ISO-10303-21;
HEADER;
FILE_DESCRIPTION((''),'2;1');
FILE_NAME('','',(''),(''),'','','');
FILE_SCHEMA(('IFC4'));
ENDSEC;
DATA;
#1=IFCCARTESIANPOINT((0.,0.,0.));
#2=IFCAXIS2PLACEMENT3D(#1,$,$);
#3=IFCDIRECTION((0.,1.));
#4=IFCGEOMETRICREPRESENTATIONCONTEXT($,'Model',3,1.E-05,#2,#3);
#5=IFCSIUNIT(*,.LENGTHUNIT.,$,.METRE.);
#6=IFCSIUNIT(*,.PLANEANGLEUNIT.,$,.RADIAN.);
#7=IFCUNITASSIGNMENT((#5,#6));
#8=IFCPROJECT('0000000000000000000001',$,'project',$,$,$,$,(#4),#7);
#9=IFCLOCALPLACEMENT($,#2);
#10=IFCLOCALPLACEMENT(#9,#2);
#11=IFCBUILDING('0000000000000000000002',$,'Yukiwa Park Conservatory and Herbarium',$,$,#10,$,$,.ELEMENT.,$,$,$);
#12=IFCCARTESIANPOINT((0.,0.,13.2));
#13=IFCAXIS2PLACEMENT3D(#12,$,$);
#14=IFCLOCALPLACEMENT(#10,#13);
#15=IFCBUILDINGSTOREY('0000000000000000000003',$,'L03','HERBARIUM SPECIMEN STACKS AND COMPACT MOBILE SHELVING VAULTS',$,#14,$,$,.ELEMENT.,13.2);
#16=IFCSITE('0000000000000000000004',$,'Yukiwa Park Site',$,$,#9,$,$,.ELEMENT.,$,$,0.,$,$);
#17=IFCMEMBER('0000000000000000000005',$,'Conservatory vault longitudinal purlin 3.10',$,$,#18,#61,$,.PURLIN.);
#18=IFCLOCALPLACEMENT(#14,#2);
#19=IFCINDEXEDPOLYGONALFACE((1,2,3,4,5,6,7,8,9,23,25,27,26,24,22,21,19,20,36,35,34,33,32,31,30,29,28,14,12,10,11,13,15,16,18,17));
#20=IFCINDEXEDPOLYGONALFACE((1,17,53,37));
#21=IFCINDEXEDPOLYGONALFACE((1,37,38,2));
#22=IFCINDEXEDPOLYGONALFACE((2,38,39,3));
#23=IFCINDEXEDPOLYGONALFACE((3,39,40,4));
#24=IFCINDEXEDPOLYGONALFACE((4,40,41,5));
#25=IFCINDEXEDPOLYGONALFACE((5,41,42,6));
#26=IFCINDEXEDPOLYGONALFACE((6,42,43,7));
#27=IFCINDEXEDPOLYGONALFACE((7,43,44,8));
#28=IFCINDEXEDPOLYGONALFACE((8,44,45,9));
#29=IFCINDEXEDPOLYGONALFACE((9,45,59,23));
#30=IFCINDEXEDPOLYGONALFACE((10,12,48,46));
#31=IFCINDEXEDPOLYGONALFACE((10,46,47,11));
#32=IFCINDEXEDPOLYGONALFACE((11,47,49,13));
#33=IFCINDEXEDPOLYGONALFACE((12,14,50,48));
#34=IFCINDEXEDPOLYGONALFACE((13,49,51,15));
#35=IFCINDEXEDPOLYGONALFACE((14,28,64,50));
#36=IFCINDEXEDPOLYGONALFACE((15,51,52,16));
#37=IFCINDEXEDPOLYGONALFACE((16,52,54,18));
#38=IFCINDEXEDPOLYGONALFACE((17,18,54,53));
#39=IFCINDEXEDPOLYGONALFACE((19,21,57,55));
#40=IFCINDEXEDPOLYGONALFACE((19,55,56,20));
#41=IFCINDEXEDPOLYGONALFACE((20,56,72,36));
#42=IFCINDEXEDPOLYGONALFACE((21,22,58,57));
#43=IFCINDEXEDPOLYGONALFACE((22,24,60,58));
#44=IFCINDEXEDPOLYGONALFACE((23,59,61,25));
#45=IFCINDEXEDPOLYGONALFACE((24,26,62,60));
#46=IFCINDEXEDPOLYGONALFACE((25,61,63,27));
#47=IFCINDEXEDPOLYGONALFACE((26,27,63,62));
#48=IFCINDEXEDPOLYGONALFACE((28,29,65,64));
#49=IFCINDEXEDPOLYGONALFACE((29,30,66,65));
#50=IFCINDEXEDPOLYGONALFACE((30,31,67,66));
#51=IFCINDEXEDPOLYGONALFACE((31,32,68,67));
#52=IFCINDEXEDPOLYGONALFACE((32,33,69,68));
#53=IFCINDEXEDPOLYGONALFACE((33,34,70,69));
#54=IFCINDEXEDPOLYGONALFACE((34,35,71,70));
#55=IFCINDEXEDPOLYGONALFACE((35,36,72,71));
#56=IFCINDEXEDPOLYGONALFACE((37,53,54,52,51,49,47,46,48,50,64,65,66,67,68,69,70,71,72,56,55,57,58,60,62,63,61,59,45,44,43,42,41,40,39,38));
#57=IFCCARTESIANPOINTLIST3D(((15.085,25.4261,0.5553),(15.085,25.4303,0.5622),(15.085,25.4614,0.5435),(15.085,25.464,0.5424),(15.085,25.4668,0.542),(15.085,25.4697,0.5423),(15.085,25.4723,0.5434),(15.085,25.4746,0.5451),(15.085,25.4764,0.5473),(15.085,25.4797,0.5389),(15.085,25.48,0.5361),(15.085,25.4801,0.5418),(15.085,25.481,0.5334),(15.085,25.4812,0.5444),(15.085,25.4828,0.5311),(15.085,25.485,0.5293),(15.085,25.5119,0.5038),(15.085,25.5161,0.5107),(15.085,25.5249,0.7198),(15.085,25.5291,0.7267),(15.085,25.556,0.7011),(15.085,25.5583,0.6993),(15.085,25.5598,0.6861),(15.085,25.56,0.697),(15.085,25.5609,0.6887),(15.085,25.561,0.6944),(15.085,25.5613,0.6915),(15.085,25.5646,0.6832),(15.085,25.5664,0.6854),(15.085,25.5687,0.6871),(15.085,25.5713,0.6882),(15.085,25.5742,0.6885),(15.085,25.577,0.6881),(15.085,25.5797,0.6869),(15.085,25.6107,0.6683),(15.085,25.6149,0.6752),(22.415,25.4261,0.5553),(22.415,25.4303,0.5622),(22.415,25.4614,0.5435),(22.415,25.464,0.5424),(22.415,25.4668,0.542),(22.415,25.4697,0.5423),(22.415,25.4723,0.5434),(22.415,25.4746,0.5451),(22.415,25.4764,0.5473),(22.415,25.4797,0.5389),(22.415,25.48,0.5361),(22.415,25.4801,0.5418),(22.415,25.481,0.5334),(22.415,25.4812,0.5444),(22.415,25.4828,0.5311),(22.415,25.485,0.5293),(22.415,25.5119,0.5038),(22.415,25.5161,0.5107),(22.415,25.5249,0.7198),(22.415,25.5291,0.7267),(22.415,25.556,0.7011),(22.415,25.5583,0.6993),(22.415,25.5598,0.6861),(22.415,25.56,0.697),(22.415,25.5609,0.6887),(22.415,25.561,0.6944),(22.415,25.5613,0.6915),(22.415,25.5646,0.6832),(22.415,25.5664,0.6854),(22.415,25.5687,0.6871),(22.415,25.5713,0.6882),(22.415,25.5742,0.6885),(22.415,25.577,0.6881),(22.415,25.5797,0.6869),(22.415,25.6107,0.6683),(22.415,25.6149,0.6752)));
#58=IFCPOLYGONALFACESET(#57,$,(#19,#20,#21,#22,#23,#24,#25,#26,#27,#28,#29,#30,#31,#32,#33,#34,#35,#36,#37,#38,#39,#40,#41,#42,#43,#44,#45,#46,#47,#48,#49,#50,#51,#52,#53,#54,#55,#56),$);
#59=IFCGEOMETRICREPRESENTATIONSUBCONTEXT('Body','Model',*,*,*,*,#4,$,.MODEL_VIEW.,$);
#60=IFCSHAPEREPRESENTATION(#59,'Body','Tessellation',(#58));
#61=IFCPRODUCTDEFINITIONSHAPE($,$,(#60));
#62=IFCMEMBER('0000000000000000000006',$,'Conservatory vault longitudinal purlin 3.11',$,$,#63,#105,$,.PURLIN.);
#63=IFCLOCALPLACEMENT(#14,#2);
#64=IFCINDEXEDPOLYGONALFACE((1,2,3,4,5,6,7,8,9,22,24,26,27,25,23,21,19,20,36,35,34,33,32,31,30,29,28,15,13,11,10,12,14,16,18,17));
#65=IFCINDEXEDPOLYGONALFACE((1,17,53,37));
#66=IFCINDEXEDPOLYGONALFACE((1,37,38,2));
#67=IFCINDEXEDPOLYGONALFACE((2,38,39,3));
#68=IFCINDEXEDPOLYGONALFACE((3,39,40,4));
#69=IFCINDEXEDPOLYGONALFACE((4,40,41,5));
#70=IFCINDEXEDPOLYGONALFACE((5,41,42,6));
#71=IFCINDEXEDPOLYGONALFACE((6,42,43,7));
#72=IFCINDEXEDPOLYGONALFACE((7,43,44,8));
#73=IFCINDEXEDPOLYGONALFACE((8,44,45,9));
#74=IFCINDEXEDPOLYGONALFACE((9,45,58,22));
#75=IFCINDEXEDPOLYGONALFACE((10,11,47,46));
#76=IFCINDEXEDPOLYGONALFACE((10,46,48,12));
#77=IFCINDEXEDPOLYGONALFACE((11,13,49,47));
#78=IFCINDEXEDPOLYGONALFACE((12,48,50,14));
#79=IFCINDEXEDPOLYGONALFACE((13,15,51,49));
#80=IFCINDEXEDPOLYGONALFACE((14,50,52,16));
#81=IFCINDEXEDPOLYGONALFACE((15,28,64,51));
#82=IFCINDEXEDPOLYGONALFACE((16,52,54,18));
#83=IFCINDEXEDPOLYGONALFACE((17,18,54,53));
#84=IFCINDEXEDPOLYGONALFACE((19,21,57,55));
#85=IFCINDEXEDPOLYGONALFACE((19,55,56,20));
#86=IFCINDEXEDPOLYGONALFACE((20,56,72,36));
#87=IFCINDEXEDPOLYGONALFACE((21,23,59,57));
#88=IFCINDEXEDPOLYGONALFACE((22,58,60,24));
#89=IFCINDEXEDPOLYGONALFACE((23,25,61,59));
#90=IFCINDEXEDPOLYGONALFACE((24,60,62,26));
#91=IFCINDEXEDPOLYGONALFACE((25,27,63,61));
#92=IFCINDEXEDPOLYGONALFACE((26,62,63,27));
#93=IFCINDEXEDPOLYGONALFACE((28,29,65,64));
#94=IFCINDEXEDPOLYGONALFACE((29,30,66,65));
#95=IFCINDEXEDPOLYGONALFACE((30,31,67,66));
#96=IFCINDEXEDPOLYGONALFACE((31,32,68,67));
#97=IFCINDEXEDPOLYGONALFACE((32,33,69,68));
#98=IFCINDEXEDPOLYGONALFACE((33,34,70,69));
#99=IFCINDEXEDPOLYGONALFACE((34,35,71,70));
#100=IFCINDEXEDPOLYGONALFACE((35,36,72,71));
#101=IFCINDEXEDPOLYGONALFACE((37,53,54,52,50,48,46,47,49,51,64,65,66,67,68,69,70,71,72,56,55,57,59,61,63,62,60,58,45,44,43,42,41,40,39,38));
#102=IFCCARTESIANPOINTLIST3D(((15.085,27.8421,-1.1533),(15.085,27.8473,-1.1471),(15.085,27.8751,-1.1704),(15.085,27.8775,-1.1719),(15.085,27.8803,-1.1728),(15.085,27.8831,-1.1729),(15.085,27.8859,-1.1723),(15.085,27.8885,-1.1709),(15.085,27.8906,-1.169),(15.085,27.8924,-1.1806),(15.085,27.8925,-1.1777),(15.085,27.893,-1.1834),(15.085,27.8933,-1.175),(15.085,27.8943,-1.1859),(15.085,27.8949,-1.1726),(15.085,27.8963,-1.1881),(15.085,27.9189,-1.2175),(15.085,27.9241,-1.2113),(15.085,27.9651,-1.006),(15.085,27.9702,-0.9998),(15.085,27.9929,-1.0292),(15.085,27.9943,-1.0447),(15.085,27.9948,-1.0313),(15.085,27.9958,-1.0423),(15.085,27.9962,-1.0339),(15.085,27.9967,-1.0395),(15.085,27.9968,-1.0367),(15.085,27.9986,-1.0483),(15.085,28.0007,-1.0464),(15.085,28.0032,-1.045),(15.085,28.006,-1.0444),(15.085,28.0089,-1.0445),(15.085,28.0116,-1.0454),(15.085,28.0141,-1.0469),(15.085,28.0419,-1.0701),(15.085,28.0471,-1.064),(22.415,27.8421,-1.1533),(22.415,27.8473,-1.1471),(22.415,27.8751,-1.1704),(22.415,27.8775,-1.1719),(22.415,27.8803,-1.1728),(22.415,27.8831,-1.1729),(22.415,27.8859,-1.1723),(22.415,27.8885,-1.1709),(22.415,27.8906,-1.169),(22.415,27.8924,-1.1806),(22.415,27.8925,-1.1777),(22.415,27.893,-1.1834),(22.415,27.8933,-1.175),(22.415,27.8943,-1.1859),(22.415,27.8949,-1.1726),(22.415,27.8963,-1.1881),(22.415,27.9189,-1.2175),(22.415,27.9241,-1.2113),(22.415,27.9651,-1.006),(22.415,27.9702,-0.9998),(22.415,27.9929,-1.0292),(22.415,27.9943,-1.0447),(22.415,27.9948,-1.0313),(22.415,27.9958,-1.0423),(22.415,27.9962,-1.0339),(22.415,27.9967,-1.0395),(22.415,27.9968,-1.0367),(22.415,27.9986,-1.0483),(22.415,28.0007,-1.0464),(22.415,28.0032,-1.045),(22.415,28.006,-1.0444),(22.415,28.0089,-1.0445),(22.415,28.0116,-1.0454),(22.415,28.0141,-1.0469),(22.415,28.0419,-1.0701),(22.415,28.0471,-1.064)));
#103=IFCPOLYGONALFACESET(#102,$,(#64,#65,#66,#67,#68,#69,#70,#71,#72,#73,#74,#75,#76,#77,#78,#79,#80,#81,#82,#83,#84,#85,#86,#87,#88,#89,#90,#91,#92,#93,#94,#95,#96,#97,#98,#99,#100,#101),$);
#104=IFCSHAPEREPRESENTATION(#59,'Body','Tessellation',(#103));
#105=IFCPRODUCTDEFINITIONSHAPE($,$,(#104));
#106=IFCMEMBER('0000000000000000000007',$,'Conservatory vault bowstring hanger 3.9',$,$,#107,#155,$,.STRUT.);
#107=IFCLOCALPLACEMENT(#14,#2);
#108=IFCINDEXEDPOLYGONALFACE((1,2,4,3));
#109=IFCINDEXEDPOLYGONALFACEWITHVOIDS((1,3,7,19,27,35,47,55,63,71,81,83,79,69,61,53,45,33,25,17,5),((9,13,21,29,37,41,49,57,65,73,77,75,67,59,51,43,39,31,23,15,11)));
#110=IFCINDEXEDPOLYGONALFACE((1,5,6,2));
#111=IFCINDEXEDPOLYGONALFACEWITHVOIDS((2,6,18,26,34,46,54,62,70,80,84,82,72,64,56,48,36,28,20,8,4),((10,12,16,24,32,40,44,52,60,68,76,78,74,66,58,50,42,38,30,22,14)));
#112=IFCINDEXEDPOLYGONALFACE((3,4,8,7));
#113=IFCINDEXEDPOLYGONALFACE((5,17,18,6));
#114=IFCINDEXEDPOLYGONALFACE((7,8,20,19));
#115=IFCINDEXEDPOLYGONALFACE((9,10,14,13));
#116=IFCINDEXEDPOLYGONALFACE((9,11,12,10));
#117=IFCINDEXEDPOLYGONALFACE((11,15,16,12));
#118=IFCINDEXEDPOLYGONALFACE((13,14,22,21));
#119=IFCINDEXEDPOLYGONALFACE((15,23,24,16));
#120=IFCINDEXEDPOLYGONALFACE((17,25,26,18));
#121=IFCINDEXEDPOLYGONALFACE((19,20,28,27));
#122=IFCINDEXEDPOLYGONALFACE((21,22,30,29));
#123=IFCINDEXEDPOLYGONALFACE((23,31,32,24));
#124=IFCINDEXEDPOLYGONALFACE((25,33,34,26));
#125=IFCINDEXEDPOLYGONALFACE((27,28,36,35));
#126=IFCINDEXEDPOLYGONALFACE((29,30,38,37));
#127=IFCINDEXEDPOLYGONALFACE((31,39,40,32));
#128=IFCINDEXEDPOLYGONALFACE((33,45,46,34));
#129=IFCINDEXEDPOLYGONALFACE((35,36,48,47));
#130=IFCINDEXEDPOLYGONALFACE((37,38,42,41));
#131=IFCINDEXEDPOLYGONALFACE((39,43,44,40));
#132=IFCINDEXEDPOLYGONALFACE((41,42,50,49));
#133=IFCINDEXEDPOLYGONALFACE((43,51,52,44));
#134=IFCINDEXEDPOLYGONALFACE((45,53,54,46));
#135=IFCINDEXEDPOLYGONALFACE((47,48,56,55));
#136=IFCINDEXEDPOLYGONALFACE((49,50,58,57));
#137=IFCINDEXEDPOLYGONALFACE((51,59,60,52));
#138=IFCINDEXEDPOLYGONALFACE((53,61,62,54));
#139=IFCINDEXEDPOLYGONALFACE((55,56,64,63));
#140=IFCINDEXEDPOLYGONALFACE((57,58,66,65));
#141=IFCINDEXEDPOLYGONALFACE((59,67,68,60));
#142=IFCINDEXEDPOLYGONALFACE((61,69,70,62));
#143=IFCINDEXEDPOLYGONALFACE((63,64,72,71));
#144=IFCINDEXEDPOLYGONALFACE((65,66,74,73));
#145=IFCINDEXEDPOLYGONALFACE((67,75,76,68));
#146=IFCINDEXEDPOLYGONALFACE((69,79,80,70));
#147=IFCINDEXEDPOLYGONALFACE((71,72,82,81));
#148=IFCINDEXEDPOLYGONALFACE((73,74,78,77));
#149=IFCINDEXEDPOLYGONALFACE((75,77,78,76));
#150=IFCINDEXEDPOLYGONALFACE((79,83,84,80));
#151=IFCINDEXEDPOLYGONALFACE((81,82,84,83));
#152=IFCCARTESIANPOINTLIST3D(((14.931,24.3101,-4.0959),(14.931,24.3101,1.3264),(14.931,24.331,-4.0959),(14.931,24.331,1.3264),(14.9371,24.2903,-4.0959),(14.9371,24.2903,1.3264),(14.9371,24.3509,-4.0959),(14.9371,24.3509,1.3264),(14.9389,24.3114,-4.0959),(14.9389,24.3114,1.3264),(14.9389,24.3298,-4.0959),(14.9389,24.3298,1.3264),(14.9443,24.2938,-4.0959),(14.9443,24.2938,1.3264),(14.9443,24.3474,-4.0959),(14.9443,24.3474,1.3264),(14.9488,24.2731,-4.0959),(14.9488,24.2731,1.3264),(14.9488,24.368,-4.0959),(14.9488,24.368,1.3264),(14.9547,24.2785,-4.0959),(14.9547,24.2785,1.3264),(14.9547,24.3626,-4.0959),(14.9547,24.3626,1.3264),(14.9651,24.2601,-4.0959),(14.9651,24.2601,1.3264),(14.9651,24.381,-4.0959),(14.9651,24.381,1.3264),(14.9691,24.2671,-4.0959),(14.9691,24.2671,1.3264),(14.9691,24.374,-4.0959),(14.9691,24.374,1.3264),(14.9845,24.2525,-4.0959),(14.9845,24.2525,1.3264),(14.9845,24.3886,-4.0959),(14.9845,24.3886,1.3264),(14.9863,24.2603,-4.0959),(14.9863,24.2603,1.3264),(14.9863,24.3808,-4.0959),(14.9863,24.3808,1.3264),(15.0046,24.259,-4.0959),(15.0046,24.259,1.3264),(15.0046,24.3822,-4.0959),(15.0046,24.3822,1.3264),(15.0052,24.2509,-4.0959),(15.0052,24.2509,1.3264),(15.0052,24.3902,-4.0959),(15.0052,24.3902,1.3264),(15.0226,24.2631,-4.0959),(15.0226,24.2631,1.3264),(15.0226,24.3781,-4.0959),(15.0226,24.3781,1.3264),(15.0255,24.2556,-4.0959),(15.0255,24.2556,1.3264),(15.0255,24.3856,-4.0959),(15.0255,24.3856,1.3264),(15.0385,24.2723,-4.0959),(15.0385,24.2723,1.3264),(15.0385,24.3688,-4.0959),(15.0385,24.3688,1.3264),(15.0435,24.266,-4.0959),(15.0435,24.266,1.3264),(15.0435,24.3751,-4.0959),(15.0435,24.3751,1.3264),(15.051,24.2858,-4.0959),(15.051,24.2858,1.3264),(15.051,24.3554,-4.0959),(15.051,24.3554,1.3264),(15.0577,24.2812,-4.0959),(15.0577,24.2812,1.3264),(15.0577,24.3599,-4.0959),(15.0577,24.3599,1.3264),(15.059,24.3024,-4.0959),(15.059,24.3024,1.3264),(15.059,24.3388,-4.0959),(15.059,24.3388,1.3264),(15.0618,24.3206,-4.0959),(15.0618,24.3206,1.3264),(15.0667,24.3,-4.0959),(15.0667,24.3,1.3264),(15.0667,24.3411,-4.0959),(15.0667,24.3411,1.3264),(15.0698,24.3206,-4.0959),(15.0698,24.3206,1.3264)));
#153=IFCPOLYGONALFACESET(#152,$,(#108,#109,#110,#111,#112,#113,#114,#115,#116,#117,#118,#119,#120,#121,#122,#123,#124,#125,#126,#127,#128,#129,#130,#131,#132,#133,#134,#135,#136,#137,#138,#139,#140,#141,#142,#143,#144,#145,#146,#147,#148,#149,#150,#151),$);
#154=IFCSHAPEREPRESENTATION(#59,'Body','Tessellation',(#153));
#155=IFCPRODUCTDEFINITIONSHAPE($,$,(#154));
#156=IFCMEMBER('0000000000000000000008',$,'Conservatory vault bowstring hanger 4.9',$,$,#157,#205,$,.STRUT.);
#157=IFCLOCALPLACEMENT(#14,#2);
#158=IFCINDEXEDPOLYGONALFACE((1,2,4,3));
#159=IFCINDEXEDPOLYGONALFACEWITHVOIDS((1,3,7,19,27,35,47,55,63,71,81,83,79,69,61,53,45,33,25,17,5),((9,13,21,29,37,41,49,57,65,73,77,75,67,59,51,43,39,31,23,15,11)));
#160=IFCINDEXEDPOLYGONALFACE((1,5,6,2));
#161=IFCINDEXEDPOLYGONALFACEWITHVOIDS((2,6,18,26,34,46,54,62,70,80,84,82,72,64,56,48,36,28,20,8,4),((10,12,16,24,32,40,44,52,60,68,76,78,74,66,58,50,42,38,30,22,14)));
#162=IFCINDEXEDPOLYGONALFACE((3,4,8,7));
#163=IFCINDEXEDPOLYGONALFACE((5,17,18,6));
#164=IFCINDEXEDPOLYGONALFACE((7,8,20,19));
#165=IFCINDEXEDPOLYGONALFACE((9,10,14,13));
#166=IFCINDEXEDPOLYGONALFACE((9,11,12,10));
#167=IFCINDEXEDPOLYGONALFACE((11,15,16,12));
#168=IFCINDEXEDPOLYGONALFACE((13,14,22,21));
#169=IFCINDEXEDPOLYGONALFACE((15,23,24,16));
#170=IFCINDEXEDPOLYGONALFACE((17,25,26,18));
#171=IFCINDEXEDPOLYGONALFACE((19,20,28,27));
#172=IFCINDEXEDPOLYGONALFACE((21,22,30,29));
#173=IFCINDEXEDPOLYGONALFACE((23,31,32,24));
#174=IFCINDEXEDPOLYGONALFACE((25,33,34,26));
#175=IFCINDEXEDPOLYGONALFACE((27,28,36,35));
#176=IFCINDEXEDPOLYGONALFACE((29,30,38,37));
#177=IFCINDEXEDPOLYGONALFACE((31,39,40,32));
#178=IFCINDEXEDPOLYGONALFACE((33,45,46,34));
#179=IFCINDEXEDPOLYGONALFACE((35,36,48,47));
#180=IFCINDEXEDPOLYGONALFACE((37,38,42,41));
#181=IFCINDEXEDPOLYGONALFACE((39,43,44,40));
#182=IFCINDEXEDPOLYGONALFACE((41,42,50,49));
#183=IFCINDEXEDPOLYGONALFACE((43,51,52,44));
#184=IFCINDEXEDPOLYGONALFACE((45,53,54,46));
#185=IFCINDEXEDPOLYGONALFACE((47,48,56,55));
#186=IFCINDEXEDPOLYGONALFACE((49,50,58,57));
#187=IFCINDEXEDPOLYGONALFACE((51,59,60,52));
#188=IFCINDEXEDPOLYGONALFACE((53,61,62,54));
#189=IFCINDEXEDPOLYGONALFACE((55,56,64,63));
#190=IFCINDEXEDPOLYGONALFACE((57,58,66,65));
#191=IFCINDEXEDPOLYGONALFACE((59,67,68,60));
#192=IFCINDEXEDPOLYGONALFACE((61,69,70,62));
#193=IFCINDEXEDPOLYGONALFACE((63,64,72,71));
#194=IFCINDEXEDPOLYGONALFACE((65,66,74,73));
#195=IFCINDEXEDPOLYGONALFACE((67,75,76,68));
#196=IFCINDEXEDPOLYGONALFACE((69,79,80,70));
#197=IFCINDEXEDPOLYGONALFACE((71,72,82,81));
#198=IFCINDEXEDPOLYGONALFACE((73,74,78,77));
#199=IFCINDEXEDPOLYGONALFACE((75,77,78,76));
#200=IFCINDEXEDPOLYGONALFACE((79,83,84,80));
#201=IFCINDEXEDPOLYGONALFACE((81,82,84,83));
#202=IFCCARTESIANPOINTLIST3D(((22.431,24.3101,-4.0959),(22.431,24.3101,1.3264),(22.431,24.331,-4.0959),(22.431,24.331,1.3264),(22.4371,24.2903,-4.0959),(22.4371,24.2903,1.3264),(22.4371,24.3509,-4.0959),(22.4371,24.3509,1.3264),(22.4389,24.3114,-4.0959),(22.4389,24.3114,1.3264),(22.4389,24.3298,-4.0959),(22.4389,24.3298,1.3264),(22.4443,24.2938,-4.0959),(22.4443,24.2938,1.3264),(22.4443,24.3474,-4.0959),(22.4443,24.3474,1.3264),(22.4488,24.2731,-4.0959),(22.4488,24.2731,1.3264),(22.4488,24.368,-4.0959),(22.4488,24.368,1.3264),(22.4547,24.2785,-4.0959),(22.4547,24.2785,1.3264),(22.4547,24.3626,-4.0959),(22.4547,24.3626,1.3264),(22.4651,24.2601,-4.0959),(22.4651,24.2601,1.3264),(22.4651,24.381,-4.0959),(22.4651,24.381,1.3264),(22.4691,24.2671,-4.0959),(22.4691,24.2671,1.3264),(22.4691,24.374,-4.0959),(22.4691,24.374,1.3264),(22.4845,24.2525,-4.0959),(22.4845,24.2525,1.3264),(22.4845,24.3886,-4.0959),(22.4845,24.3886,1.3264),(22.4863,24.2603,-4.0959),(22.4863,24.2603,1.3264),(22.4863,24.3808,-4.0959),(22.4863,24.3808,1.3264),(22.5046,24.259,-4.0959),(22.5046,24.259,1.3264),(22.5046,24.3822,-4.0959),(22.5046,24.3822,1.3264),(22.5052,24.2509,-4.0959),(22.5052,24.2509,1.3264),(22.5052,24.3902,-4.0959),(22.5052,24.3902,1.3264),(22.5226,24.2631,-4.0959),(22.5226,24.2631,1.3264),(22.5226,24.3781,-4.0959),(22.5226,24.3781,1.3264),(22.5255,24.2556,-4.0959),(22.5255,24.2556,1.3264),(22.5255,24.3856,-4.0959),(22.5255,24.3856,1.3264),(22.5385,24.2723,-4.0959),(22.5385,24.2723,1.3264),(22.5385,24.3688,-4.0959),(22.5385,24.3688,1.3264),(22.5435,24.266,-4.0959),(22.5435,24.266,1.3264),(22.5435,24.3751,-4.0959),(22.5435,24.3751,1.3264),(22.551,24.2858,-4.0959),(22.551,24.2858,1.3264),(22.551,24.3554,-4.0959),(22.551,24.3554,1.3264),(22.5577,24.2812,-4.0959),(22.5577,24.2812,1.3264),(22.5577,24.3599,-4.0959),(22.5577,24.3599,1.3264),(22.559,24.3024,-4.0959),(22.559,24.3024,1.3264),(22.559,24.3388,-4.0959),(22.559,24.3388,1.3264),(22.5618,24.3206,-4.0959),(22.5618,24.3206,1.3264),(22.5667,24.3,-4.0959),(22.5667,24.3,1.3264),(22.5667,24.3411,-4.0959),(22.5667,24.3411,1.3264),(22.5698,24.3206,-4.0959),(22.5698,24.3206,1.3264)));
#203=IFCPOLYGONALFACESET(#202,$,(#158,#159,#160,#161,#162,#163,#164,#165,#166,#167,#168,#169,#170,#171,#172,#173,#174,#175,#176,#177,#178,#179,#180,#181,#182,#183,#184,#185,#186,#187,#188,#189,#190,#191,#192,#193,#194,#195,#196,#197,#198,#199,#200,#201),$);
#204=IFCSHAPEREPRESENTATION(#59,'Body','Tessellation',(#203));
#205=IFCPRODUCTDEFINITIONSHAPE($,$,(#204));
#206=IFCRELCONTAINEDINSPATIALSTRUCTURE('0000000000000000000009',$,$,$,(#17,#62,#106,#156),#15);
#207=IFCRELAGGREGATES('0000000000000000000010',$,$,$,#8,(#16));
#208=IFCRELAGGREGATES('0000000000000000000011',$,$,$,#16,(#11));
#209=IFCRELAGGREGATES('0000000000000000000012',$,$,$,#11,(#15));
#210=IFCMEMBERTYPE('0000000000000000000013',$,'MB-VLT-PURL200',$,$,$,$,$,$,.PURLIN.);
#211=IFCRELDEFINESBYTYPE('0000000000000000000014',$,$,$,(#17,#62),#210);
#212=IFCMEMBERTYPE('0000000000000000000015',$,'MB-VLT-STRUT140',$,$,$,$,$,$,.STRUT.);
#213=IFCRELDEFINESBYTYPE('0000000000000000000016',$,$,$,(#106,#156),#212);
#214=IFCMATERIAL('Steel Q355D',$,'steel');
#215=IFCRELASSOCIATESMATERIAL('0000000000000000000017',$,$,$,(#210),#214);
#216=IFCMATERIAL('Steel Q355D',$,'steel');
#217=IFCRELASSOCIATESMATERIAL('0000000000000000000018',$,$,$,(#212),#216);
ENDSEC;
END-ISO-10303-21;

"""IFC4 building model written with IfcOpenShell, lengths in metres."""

from ifc_helpers import new_model, si_unit, direction, frame, origin, origin_2d, place, context, subcontext, project, spatial, hollow_circle, i_section, extrude, material, material_profile, profile_set, type_object, element, save


model = new_model("IFC4")

# Units and contexts
model_context = context("Model", 3, precision=1e-05, world=origin(), true_north=direction((0.0, 1.0)))
body_context = subcontext(model_context, "Body", "Model", "MODEL_VIEW")
ifc_project = project(units=[si_unit("LENGTHUNIT", "METRE"), si_unit("PLANEANGLEUNIT", "RADIAN")], contexts=[model_context])

# Site, building, storey
site_placement = place(None, origin())
site = spatial("IfcSite", under=ifc_project, at=site_placement, Name="Yukiwa Park Site", CompositionType="ELEMENT", RefElevation=0.0)
building_placement = place(site_placement, origin())
building = spatial("IfcBuilding", under=site, at=building_placement, Name="Yukiwa Park Conservatory and Herbarium", CompositionType="ELEMENT")
storey_placement = place(building_placement, frame((0.0, 0.0, 13.2)))
storey = spatial("IfcBuildingStorey", under=building, at=storey_placement, Name="L03", Description="HERBARIUM SPECIMEN STACKS AND COMPACT MOBILE SHELVING VAULTS", CompositionType="ELEMENT", Elevation=13.2)

# Members
ifc_material_1 = material(Name="Steel Q355D", Category="steel")
ifc_material_profile_1 = material_profile(ifc_material_1, i_section(OverallWidth=0.1001, OverallDepth=0.2, WebThickness=0.0056, FlangeThickness=0.0081, FilletRadius=0.011, at=origin_2d()), Name="HN 200x100x5.5x8")
ifc_profile_set_1 = profile_set([ifc_material_profile_1], Name="Steel Q355D")
member_type_1 = type_object("IfcMemberType", Name="MB-VLT-PURL200", PredefinedType="PURLIN", material=ifc_profile_set_1)
for number, where, z_axis, x_axis, name in (
    (1, (15.085, 25.5205, 0.6152), (1.0, 0.0, 0.0), (0.0, 0.857234, -0.514927), "Conservatory vault longitudinal purlin 3.10"),
    (2, (15.085, 27.9446, -1.1086), (1.0, 0.0, 0.0), (0.0, 0.767751, -0.640748), "Conservatory vault longitudinal purlin 3.11"),
):
    element("IfcMember", number, at=place(storey_placement, frame(where, z_axis=z_axis, x_axis=x_axis)), inside=storey, type_object=member_type_1, Name=name, PredefinedType="PURLIN", context=body_context, shape_type="SweptSolid", body=[
        extrude(i_section(OverallWidth=0.1001, OverallDepth=0.2, WebThickness=0.0056, FlangeThickness=0.0081, FilletRadius=0.011, at=origin_2d()), origin(), (0.0, 0.0, 1.0), 7.3301),
    ])
ifc_material_2 = material(Name="Steel Q355D", Category="steel")
ifc_material_profile_2 = material_profile(ifc_material_2, hollow_circle(Radius=0.0698, WallThickness=0.0081, at=origin_2d()), Name="CHS 139.7x8")
ifc_profile_set_2 = profile_set([ifc_material_profile_2], Name="Steel Q355D")
member_type_2 = type_object("IfcMemberType", Name="MB-VLT-STRUT140", PredefinedType="STRUT", material=ifc_profile_set_2)
for number, where, z_axis, x_axis, name in (
    (3, (15.0, 24.3206, -4.0959), (0.0, 0.0, 1.0), (1.0, 0.0, 0.0), "Conservatory vault bowstring hanger 3.9"),
    (4, (22.5, 24.3206, -4.0959), (0.0, 0.0, 1.0), (1.0, 0.0, 0.0), "Conservatory vault bowstring hanger 4.9"),
):
    element("IfcMember", number, at=place(storey_placement, frame(where, z_axis=z_axis, x_axis=x_axis)), inside=storey, type_object=member_type_2, Name=name, PredefinedType="STRUT", context=body_context, shape_type="SweptSolid", body=[
        extrude(hollow_circle(Radius=0.0698, WallThickness=0.0081, at=origin_2d()), origin(), (0.0, 0.0, 1.0), 5.4224),
    ])

save(model, "model.ifc")
